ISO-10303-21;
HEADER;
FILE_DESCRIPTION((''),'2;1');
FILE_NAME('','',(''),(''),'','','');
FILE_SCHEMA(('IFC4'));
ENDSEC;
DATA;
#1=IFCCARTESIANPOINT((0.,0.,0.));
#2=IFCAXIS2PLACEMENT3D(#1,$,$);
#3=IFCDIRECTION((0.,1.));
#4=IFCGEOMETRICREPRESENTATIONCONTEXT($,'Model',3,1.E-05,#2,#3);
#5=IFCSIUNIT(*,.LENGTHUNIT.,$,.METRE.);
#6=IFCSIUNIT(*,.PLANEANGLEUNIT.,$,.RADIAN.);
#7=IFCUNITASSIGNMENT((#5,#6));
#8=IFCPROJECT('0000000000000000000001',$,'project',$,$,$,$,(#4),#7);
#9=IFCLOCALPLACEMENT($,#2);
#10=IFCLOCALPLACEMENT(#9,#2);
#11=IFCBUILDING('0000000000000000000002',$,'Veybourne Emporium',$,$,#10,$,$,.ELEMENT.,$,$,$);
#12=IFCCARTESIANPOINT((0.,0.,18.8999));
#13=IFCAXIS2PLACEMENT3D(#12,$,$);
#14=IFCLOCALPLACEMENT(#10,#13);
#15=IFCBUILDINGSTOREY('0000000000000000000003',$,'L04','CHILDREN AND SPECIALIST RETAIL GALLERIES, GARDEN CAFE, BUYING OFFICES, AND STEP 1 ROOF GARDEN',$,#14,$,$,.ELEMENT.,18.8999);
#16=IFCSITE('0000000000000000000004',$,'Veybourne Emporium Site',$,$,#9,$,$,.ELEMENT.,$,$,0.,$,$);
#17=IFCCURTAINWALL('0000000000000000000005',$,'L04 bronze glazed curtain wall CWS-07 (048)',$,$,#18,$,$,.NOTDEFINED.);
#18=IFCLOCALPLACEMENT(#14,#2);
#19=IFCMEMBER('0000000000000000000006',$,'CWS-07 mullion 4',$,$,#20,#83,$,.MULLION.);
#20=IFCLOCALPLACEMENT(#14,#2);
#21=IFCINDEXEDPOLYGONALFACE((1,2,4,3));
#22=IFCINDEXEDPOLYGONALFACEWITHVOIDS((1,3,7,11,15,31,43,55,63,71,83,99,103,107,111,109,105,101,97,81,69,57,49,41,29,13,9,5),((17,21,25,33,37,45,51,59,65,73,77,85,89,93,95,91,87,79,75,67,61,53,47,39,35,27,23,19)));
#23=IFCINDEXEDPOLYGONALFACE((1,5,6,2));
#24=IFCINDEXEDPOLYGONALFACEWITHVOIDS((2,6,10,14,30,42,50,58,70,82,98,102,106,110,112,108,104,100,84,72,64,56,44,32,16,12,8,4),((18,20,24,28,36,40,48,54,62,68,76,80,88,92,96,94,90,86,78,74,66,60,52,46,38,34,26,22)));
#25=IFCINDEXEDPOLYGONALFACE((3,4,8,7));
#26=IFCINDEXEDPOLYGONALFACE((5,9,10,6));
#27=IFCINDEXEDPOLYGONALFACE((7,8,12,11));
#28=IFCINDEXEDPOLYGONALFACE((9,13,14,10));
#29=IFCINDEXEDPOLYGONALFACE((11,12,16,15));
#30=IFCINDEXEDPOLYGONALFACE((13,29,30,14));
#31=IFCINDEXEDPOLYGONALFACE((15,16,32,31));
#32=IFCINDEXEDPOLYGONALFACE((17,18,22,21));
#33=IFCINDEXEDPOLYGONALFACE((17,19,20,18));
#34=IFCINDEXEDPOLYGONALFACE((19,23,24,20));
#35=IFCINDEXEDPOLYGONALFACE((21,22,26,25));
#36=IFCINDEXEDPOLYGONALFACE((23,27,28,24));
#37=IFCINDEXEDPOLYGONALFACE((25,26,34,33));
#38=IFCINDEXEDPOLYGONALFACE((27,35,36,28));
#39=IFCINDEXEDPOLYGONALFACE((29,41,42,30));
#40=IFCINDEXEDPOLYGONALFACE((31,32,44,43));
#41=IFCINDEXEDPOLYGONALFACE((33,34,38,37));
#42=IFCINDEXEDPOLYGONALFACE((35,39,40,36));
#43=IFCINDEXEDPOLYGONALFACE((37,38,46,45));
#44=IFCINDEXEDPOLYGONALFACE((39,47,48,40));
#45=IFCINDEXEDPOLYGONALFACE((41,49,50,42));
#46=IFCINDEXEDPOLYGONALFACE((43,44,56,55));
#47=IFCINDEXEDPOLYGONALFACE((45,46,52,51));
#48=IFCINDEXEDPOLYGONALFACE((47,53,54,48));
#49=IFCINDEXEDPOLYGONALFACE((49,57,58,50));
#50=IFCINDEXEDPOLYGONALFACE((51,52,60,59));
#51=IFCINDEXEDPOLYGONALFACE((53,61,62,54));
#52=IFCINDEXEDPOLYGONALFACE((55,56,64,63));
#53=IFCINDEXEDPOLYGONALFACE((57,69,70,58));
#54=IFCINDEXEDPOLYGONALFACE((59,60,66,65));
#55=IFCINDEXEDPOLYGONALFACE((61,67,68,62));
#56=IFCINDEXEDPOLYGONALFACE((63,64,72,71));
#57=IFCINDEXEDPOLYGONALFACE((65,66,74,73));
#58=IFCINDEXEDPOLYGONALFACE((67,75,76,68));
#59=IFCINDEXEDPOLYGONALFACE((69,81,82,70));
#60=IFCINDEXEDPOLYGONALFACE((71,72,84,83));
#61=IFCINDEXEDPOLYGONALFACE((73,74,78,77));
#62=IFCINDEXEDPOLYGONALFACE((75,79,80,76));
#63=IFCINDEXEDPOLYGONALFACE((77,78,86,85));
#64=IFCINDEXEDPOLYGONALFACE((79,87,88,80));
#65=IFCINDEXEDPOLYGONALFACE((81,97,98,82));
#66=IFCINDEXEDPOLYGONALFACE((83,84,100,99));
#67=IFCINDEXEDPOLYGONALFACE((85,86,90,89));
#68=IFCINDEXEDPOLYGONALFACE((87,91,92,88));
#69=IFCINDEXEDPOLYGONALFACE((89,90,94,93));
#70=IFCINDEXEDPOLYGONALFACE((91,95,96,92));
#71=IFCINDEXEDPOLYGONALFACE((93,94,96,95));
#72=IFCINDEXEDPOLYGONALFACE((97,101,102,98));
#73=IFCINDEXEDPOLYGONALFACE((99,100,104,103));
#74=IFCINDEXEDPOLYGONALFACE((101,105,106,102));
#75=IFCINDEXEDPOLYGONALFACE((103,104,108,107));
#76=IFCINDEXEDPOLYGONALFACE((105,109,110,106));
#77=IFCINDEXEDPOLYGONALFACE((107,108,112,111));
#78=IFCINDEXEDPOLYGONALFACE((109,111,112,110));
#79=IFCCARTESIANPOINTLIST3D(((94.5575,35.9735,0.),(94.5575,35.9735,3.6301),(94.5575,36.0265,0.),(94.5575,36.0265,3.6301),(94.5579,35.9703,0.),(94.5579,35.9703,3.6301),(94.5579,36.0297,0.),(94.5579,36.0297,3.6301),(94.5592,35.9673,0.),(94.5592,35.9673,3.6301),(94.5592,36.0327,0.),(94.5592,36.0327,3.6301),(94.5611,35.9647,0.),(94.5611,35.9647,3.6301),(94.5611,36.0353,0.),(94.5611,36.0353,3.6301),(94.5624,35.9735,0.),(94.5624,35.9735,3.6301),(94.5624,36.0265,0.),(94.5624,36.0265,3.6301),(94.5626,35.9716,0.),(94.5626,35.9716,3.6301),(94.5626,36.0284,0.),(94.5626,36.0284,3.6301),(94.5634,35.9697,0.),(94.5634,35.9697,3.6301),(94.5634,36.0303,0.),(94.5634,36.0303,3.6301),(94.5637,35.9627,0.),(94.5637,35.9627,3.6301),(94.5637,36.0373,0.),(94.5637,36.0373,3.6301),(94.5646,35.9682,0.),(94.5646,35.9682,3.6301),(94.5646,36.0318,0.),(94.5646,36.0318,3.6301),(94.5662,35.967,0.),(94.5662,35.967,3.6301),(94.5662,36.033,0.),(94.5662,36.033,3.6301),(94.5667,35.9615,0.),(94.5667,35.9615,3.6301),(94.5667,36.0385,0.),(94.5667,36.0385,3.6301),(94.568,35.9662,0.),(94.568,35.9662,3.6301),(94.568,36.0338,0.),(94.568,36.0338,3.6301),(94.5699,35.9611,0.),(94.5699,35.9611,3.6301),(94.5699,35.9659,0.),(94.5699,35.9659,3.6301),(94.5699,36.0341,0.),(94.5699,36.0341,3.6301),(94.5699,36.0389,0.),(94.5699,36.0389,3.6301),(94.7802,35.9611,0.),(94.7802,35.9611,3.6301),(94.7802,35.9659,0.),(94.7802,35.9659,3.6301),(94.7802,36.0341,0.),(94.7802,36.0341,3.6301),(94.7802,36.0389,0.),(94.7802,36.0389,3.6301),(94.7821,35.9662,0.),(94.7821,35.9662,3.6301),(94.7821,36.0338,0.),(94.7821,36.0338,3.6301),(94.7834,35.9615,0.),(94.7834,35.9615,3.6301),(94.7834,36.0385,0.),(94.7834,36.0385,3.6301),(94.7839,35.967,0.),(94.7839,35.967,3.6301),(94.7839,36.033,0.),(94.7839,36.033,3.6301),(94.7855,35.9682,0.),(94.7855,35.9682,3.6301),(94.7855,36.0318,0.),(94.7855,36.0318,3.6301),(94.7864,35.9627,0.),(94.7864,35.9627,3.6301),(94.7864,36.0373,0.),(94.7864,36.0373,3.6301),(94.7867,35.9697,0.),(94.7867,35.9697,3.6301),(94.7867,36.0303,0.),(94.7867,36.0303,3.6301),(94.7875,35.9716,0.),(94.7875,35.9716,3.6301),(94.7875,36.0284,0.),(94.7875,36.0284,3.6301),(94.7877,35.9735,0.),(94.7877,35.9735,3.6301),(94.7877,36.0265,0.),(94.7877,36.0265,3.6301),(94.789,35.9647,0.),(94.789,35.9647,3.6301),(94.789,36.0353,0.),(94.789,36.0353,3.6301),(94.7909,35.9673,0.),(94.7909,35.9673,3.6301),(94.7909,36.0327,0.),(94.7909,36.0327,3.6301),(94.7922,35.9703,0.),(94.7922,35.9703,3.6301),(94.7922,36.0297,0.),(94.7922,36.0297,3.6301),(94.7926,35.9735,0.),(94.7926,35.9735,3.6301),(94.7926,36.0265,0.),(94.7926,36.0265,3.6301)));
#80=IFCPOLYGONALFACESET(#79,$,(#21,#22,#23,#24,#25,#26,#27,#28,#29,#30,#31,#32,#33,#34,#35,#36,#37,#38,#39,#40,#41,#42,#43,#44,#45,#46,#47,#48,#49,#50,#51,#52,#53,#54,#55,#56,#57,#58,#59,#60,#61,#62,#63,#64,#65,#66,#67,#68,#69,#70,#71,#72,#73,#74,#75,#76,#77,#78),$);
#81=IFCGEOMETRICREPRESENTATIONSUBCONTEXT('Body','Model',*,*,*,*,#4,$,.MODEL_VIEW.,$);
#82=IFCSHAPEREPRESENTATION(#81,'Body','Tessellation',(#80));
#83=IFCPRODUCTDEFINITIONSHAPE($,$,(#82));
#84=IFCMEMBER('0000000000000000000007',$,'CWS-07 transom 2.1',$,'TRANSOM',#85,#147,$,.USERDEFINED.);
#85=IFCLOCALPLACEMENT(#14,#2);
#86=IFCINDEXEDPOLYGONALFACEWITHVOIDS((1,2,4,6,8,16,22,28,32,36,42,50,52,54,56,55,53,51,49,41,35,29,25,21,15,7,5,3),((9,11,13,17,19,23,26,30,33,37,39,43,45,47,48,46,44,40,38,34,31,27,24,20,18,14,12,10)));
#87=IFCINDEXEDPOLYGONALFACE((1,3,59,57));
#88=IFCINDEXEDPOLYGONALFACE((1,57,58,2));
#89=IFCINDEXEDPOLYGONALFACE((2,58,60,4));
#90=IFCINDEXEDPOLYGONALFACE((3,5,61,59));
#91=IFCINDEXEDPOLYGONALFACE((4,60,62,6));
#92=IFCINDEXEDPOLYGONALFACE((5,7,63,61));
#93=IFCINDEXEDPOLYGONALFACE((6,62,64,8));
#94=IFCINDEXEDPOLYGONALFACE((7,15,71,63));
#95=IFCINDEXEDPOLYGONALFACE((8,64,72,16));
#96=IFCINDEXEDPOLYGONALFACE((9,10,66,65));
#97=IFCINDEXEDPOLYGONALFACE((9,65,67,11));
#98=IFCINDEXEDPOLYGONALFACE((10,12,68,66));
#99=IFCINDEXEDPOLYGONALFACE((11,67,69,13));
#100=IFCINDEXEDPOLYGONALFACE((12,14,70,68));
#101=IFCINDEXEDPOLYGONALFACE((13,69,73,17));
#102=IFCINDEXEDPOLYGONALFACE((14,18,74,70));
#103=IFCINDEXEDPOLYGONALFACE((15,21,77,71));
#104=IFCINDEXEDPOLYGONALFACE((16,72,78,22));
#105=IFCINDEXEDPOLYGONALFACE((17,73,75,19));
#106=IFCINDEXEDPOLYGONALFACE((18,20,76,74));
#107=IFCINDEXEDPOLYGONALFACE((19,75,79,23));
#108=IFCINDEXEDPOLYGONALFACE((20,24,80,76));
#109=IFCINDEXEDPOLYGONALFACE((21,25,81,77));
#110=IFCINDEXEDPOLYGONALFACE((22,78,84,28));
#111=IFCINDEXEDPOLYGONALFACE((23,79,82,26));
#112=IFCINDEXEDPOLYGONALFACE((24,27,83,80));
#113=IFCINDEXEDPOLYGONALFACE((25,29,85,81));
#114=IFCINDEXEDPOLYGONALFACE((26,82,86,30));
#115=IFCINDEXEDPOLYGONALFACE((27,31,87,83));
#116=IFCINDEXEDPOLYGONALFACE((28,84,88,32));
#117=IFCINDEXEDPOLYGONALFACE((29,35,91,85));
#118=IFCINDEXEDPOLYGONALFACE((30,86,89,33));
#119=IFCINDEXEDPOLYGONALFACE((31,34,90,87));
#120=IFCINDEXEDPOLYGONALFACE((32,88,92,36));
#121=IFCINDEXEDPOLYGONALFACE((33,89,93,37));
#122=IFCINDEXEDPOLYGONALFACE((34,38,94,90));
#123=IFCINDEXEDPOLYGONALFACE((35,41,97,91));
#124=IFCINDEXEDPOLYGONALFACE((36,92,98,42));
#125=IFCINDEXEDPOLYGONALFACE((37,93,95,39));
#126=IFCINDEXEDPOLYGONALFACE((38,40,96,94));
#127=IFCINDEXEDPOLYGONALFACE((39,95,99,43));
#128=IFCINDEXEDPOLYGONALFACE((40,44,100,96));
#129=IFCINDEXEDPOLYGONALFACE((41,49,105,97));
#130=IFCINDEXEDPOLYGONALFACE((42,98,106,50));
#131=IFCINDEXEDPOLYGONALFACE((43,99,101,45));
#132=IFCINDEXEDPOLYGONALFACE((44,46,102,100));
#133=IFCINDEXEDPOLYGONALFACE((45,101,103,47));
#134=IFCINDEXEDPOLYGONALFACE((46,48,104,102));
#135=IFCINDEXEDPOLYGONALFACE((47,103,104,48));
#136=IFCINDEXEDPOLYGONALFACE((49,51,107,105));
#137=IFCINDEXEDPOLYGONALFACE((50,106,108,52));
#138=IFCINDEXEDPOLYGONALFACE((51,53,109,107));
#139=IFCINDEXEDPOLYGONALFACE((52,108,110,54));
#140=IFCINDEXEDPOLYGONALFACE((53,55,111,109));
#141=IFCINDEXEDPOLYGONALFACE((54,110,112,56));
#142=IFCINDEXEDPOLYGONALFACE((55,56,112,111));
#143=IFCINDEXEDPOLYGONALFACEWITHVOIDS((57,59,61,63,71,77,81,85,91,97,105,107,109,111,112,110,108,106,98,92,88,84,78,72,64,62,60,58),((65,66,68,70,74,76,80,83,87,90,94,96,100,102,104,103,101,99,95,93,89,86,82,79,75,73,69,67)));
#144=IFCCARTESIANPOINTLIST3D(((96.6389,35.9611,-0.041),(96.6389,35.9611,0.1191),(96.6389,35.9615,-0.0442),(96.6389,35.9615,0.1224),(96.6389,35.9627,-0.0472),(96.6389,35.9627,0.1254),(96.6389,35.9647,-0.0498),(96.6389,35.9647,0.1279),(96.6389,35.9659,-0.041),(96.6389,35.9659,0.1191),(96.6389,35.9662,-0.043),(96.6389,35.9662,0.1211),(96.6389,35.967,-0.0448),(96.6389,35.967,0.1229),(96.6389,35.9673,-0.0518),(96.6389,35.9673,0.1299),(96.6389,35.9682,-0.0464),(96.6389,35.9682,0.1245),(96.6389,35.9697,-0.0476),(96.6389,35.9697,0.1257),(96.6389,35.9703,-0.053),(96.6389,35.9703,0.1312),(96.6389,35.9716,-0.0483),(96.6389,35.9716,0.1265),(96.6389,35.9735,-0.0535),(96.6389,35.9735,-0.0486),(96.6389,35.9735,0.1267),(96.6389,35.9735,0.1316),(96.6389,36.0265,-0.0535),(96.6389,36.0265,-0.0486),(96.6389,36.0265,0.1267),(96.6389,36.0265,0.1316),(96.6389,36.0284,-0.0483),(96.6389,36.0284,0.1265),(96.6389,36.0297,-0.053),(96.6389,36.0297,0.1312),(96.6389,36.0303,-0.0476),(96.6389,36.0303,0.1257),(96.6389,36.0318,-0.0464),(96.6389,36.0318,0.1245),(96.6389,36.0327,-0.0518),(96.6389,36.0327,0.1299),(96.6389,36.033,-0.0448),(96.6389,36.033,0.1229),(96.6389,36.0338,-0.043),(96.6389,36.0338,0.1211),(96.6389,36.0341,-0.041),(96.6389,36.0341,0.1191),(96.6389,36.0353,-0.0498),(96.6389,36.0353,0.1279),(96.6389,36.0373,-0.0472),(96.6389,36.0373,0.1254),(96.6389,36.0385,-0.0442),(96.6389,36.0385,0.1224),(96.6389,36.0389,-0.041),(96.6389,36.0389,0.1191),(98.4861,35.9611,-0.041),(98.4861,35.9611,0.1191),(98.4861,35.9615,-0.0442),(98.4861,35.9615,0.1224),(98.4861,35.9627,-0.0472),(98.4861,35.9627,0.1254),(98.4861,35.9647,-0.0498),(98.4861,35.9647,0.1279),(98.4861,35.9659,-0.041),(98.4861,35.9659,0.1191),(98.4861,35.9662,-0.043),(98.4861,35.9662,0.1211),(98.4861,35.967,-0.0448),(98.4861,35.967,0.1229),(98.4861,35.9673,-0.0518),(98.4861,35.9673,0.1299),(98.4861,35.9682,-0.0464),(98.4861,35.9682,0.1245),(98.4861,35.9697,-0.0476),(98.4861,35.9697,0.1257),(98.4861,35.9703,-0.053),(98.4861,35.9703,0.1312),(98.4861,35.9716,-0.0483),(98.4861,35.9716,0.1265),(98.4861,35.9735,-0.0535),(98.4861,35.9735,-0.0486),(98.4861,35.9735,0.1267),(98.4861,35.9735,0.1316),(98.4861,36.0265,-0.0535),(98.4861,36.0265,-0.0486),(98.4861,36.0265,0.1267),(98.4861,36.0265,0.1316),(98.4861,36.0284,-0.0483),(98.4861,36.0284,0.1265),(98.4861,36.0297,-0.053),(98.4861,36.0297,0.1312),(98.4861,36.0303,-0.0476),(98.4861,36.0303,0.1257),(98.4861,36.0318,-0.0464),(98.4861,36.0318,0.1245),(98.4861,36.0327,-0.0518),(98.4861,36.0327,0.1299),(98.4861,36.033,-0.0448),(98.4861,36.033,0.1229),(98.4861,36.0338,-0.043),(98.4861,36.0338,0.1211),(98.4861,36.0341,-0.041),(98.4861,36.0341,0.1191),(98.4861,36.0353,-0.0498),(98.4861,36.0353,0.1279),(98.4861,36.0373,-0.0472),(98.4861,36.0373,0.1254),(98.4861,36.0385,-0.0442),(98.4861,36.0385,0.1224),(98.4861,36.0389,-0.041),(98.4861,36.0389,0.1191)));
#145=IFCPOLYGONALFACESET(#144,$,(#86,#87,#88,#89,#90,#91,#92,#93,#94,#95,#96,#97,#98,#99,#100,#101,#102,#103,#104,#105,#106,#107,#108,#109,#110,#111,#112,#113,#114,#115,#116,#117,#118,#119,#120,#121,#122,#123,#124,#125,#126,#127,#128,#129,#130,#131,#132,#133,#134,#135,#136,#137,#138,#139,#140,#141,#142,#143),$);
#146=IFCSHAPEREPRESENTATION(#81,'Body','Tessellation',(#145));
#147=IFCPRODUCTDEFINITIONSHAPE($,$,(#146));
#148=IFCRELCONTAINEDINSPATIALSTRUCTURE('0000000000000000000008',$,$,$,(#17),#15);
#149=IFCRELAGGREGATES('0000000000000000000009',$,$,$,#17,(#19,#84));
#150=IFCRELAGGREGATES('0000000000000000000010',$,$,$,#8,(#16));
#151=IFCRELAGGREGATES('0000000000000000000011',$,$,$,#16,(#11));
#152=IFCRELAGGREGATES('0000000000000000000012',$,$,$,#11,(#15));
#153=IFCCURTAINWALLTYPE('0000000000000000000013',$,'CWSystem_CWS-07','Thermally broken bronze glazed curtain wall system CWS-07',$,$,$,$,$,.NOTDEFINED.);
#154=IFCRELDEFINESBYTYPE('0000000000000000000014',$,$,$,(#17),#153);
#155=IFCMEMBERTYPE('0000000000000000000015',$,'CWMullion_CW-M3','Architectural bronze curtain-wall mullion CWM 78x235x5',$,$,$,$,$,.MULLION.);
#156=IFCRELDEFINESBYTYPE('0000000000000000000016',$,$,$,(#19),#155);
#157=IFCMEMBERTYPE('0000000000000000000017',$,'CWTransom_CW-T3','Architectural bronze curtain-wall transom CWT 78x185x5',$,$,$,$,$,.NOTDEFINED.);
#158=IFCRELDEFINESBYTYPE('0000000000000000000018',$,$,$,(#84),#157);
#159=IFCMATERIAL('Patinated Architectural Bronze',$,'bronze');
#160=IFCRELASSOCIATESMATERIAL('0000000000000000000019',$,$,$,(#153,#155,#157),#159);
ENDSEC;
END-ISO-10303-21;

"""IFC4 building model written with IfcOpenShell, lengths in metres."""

from ifc_helpers import new_model, si_unit, direction, frame, origin, origin_2d, place, context, subcontext, project, spatial, hollow_rectangle, extrude, material, material_profile, profile_set, type_object, element, aggregate, save


model = new_model("IFC4")

# Units and contexts
model_context = context("Model", 3, precision=1e-05, world=origin(), true_north=direction((0.0, 1.0)))
body_context = subcontext(model_context, "Body", "Model", "MODEL_VIEW")
ifc_project = project(units=[si_unit("LENGTHUNIT", "METRE"), si_unit("PLANEANGLEUNIT", "RADIAN")], contexts=[model_context])

# Site, building, storey
site_placement = place(None, origin())
site = spatial("IfcSite", under=ifc_project, at=site_placement, Name="Veybourne Emporium Site", CompositionType="ELEMENT", RefElevation=0.0)
building_placement = place(site_placement, origin())
building = spatial("IfcBuilding", under=site, at=building_placement, Name="Veybourne Emporium", CompositionType="ELEMENT")
storey_placement = place(building_placement, frame((0.0, 0.0, 18.8999)))
storey = spatial("IfcBuildingStorey", under=building, at=storey_placement, Name="L04", Description="CHILDREN AND SPECIALIST RETAIL GALLERIES, GARDEN CAFE, BUYING OFFICES, AND STEP 1 ROOF GARDEN", CompositionType="ELEMENT", Elevation=18.8999)

# Curtain wall, members
ifc_material_1 = material(Name="Patinated Architectural Bronze", Category="bronze")
curtain_wall_type = type_object("IfcCurtainWallType", Name="CWSystem_CWS-07", Description="Thermally broken bronze glazed curtain wall system CWS-07", PredefinedType="NOTDEFINED", material=ifc_material_1)
curtain_wall_placement = place(storey_placement, origin())
curtain_wall = element("IfcCurtainWall", 1, at=curtain_wall_placement, inside=storey, type_object=curtain_wall_type, Name="L04 bronze glazed curtain wall CWS-07 (048)", PredefinedType="NOTDEFINED")
ifc_material_profile_1 = material_profile(ifc_material_1, hollow_rectangle(XDim=0.0779, YDim=0.2351, WallThickness=0.0049, InnerFilletRadius=0.0076, OuterFilletRadius=0.0125, at=origin_2d()), Name="CWM 78x235x5")
ifc_profile_set_1 = profile_set([ifc_material_profile_1], Name="Patinated Architectural Bronze")
member_type_1 = type_object("IfcMemberType", Name="CWMullion_CW-M3", Description="Architectural bronze curtain-wall mullion CWM 78x235x5", PredefinedType="MULLION", material=ifc_profile_set_1)
member_1_placement = place(storey_placement, frame((94.675, 36.0, 0.0), z_axis=(0.0, 0.0, 1.0), x_axis=(0.0, -1.0, 0.0)))
member_1 = element("IfcMember", 2, at=member_1_placement, type_object=member_type_1, Name="CWS-07 mullion 4", PredefinedType="MULLION", context=body_context, shape_type="SweptSolid", body=[
    extrude(hollow_rectangle(XDim=0.0779, YDim=0.2351, WallThickness=0.0049, InnerFilletRadius=0.0076, OuterFilletRadius=0.0125, at=origin_2d()), origin(), (0.0, 0.0, 1.0), 3.6301),
])
ifc_material_profile_2 = material_profile(ifc_material_1, hollow_rectangle(XDim=0.0779, YDim=0.1851, WallThickness=0.0049, InnerFilletRadius=0.0076, OuterFilletRadius=0.0125, at=origin_2d()), Name="CWT 78x185x5")
ifc_profile_set_2 = profile_set([ifc_material_profile_2], Name="Patinated Architectural Bronze")
member_type_2 = type_object("IfcMemberType", Name="CWTransom_CW-T3", Description="Architectural bronze curtain-wall transom CWT 78x185x5", PredefinedType="NOTDEFINED", material=ifc_profile_set_2)
member_2_placement = place(storey_placement, frame((98.4861, 36.0, 0.0391), z_axis=(-1.0, 0.0, 0.0), x_axis=(0.0, -1.0, 0.0)))
member_2 = element("IfcMember", 3, at=member_2_placement, type_object=member_type_2, Name="CWS-07 transom 2.1", ObjectType="TRANSOM", PredefinedType="USERDEFINED", context=body_context, shape_type="SweptSolid", body=[
    extrude(hollow_rectangle(XDim=0.0779, YDim=0.1851, WallThickness=0.0049, InnerFilletRadius=0.0076, OuterFilletRadius=0.0125, at=origin_2d()), origin(), (0.0, 0.0, 1.0), 1.8472),
])
aggregate(curtain_wall, [member_1, member_2])

save(model, "model.ifc")
